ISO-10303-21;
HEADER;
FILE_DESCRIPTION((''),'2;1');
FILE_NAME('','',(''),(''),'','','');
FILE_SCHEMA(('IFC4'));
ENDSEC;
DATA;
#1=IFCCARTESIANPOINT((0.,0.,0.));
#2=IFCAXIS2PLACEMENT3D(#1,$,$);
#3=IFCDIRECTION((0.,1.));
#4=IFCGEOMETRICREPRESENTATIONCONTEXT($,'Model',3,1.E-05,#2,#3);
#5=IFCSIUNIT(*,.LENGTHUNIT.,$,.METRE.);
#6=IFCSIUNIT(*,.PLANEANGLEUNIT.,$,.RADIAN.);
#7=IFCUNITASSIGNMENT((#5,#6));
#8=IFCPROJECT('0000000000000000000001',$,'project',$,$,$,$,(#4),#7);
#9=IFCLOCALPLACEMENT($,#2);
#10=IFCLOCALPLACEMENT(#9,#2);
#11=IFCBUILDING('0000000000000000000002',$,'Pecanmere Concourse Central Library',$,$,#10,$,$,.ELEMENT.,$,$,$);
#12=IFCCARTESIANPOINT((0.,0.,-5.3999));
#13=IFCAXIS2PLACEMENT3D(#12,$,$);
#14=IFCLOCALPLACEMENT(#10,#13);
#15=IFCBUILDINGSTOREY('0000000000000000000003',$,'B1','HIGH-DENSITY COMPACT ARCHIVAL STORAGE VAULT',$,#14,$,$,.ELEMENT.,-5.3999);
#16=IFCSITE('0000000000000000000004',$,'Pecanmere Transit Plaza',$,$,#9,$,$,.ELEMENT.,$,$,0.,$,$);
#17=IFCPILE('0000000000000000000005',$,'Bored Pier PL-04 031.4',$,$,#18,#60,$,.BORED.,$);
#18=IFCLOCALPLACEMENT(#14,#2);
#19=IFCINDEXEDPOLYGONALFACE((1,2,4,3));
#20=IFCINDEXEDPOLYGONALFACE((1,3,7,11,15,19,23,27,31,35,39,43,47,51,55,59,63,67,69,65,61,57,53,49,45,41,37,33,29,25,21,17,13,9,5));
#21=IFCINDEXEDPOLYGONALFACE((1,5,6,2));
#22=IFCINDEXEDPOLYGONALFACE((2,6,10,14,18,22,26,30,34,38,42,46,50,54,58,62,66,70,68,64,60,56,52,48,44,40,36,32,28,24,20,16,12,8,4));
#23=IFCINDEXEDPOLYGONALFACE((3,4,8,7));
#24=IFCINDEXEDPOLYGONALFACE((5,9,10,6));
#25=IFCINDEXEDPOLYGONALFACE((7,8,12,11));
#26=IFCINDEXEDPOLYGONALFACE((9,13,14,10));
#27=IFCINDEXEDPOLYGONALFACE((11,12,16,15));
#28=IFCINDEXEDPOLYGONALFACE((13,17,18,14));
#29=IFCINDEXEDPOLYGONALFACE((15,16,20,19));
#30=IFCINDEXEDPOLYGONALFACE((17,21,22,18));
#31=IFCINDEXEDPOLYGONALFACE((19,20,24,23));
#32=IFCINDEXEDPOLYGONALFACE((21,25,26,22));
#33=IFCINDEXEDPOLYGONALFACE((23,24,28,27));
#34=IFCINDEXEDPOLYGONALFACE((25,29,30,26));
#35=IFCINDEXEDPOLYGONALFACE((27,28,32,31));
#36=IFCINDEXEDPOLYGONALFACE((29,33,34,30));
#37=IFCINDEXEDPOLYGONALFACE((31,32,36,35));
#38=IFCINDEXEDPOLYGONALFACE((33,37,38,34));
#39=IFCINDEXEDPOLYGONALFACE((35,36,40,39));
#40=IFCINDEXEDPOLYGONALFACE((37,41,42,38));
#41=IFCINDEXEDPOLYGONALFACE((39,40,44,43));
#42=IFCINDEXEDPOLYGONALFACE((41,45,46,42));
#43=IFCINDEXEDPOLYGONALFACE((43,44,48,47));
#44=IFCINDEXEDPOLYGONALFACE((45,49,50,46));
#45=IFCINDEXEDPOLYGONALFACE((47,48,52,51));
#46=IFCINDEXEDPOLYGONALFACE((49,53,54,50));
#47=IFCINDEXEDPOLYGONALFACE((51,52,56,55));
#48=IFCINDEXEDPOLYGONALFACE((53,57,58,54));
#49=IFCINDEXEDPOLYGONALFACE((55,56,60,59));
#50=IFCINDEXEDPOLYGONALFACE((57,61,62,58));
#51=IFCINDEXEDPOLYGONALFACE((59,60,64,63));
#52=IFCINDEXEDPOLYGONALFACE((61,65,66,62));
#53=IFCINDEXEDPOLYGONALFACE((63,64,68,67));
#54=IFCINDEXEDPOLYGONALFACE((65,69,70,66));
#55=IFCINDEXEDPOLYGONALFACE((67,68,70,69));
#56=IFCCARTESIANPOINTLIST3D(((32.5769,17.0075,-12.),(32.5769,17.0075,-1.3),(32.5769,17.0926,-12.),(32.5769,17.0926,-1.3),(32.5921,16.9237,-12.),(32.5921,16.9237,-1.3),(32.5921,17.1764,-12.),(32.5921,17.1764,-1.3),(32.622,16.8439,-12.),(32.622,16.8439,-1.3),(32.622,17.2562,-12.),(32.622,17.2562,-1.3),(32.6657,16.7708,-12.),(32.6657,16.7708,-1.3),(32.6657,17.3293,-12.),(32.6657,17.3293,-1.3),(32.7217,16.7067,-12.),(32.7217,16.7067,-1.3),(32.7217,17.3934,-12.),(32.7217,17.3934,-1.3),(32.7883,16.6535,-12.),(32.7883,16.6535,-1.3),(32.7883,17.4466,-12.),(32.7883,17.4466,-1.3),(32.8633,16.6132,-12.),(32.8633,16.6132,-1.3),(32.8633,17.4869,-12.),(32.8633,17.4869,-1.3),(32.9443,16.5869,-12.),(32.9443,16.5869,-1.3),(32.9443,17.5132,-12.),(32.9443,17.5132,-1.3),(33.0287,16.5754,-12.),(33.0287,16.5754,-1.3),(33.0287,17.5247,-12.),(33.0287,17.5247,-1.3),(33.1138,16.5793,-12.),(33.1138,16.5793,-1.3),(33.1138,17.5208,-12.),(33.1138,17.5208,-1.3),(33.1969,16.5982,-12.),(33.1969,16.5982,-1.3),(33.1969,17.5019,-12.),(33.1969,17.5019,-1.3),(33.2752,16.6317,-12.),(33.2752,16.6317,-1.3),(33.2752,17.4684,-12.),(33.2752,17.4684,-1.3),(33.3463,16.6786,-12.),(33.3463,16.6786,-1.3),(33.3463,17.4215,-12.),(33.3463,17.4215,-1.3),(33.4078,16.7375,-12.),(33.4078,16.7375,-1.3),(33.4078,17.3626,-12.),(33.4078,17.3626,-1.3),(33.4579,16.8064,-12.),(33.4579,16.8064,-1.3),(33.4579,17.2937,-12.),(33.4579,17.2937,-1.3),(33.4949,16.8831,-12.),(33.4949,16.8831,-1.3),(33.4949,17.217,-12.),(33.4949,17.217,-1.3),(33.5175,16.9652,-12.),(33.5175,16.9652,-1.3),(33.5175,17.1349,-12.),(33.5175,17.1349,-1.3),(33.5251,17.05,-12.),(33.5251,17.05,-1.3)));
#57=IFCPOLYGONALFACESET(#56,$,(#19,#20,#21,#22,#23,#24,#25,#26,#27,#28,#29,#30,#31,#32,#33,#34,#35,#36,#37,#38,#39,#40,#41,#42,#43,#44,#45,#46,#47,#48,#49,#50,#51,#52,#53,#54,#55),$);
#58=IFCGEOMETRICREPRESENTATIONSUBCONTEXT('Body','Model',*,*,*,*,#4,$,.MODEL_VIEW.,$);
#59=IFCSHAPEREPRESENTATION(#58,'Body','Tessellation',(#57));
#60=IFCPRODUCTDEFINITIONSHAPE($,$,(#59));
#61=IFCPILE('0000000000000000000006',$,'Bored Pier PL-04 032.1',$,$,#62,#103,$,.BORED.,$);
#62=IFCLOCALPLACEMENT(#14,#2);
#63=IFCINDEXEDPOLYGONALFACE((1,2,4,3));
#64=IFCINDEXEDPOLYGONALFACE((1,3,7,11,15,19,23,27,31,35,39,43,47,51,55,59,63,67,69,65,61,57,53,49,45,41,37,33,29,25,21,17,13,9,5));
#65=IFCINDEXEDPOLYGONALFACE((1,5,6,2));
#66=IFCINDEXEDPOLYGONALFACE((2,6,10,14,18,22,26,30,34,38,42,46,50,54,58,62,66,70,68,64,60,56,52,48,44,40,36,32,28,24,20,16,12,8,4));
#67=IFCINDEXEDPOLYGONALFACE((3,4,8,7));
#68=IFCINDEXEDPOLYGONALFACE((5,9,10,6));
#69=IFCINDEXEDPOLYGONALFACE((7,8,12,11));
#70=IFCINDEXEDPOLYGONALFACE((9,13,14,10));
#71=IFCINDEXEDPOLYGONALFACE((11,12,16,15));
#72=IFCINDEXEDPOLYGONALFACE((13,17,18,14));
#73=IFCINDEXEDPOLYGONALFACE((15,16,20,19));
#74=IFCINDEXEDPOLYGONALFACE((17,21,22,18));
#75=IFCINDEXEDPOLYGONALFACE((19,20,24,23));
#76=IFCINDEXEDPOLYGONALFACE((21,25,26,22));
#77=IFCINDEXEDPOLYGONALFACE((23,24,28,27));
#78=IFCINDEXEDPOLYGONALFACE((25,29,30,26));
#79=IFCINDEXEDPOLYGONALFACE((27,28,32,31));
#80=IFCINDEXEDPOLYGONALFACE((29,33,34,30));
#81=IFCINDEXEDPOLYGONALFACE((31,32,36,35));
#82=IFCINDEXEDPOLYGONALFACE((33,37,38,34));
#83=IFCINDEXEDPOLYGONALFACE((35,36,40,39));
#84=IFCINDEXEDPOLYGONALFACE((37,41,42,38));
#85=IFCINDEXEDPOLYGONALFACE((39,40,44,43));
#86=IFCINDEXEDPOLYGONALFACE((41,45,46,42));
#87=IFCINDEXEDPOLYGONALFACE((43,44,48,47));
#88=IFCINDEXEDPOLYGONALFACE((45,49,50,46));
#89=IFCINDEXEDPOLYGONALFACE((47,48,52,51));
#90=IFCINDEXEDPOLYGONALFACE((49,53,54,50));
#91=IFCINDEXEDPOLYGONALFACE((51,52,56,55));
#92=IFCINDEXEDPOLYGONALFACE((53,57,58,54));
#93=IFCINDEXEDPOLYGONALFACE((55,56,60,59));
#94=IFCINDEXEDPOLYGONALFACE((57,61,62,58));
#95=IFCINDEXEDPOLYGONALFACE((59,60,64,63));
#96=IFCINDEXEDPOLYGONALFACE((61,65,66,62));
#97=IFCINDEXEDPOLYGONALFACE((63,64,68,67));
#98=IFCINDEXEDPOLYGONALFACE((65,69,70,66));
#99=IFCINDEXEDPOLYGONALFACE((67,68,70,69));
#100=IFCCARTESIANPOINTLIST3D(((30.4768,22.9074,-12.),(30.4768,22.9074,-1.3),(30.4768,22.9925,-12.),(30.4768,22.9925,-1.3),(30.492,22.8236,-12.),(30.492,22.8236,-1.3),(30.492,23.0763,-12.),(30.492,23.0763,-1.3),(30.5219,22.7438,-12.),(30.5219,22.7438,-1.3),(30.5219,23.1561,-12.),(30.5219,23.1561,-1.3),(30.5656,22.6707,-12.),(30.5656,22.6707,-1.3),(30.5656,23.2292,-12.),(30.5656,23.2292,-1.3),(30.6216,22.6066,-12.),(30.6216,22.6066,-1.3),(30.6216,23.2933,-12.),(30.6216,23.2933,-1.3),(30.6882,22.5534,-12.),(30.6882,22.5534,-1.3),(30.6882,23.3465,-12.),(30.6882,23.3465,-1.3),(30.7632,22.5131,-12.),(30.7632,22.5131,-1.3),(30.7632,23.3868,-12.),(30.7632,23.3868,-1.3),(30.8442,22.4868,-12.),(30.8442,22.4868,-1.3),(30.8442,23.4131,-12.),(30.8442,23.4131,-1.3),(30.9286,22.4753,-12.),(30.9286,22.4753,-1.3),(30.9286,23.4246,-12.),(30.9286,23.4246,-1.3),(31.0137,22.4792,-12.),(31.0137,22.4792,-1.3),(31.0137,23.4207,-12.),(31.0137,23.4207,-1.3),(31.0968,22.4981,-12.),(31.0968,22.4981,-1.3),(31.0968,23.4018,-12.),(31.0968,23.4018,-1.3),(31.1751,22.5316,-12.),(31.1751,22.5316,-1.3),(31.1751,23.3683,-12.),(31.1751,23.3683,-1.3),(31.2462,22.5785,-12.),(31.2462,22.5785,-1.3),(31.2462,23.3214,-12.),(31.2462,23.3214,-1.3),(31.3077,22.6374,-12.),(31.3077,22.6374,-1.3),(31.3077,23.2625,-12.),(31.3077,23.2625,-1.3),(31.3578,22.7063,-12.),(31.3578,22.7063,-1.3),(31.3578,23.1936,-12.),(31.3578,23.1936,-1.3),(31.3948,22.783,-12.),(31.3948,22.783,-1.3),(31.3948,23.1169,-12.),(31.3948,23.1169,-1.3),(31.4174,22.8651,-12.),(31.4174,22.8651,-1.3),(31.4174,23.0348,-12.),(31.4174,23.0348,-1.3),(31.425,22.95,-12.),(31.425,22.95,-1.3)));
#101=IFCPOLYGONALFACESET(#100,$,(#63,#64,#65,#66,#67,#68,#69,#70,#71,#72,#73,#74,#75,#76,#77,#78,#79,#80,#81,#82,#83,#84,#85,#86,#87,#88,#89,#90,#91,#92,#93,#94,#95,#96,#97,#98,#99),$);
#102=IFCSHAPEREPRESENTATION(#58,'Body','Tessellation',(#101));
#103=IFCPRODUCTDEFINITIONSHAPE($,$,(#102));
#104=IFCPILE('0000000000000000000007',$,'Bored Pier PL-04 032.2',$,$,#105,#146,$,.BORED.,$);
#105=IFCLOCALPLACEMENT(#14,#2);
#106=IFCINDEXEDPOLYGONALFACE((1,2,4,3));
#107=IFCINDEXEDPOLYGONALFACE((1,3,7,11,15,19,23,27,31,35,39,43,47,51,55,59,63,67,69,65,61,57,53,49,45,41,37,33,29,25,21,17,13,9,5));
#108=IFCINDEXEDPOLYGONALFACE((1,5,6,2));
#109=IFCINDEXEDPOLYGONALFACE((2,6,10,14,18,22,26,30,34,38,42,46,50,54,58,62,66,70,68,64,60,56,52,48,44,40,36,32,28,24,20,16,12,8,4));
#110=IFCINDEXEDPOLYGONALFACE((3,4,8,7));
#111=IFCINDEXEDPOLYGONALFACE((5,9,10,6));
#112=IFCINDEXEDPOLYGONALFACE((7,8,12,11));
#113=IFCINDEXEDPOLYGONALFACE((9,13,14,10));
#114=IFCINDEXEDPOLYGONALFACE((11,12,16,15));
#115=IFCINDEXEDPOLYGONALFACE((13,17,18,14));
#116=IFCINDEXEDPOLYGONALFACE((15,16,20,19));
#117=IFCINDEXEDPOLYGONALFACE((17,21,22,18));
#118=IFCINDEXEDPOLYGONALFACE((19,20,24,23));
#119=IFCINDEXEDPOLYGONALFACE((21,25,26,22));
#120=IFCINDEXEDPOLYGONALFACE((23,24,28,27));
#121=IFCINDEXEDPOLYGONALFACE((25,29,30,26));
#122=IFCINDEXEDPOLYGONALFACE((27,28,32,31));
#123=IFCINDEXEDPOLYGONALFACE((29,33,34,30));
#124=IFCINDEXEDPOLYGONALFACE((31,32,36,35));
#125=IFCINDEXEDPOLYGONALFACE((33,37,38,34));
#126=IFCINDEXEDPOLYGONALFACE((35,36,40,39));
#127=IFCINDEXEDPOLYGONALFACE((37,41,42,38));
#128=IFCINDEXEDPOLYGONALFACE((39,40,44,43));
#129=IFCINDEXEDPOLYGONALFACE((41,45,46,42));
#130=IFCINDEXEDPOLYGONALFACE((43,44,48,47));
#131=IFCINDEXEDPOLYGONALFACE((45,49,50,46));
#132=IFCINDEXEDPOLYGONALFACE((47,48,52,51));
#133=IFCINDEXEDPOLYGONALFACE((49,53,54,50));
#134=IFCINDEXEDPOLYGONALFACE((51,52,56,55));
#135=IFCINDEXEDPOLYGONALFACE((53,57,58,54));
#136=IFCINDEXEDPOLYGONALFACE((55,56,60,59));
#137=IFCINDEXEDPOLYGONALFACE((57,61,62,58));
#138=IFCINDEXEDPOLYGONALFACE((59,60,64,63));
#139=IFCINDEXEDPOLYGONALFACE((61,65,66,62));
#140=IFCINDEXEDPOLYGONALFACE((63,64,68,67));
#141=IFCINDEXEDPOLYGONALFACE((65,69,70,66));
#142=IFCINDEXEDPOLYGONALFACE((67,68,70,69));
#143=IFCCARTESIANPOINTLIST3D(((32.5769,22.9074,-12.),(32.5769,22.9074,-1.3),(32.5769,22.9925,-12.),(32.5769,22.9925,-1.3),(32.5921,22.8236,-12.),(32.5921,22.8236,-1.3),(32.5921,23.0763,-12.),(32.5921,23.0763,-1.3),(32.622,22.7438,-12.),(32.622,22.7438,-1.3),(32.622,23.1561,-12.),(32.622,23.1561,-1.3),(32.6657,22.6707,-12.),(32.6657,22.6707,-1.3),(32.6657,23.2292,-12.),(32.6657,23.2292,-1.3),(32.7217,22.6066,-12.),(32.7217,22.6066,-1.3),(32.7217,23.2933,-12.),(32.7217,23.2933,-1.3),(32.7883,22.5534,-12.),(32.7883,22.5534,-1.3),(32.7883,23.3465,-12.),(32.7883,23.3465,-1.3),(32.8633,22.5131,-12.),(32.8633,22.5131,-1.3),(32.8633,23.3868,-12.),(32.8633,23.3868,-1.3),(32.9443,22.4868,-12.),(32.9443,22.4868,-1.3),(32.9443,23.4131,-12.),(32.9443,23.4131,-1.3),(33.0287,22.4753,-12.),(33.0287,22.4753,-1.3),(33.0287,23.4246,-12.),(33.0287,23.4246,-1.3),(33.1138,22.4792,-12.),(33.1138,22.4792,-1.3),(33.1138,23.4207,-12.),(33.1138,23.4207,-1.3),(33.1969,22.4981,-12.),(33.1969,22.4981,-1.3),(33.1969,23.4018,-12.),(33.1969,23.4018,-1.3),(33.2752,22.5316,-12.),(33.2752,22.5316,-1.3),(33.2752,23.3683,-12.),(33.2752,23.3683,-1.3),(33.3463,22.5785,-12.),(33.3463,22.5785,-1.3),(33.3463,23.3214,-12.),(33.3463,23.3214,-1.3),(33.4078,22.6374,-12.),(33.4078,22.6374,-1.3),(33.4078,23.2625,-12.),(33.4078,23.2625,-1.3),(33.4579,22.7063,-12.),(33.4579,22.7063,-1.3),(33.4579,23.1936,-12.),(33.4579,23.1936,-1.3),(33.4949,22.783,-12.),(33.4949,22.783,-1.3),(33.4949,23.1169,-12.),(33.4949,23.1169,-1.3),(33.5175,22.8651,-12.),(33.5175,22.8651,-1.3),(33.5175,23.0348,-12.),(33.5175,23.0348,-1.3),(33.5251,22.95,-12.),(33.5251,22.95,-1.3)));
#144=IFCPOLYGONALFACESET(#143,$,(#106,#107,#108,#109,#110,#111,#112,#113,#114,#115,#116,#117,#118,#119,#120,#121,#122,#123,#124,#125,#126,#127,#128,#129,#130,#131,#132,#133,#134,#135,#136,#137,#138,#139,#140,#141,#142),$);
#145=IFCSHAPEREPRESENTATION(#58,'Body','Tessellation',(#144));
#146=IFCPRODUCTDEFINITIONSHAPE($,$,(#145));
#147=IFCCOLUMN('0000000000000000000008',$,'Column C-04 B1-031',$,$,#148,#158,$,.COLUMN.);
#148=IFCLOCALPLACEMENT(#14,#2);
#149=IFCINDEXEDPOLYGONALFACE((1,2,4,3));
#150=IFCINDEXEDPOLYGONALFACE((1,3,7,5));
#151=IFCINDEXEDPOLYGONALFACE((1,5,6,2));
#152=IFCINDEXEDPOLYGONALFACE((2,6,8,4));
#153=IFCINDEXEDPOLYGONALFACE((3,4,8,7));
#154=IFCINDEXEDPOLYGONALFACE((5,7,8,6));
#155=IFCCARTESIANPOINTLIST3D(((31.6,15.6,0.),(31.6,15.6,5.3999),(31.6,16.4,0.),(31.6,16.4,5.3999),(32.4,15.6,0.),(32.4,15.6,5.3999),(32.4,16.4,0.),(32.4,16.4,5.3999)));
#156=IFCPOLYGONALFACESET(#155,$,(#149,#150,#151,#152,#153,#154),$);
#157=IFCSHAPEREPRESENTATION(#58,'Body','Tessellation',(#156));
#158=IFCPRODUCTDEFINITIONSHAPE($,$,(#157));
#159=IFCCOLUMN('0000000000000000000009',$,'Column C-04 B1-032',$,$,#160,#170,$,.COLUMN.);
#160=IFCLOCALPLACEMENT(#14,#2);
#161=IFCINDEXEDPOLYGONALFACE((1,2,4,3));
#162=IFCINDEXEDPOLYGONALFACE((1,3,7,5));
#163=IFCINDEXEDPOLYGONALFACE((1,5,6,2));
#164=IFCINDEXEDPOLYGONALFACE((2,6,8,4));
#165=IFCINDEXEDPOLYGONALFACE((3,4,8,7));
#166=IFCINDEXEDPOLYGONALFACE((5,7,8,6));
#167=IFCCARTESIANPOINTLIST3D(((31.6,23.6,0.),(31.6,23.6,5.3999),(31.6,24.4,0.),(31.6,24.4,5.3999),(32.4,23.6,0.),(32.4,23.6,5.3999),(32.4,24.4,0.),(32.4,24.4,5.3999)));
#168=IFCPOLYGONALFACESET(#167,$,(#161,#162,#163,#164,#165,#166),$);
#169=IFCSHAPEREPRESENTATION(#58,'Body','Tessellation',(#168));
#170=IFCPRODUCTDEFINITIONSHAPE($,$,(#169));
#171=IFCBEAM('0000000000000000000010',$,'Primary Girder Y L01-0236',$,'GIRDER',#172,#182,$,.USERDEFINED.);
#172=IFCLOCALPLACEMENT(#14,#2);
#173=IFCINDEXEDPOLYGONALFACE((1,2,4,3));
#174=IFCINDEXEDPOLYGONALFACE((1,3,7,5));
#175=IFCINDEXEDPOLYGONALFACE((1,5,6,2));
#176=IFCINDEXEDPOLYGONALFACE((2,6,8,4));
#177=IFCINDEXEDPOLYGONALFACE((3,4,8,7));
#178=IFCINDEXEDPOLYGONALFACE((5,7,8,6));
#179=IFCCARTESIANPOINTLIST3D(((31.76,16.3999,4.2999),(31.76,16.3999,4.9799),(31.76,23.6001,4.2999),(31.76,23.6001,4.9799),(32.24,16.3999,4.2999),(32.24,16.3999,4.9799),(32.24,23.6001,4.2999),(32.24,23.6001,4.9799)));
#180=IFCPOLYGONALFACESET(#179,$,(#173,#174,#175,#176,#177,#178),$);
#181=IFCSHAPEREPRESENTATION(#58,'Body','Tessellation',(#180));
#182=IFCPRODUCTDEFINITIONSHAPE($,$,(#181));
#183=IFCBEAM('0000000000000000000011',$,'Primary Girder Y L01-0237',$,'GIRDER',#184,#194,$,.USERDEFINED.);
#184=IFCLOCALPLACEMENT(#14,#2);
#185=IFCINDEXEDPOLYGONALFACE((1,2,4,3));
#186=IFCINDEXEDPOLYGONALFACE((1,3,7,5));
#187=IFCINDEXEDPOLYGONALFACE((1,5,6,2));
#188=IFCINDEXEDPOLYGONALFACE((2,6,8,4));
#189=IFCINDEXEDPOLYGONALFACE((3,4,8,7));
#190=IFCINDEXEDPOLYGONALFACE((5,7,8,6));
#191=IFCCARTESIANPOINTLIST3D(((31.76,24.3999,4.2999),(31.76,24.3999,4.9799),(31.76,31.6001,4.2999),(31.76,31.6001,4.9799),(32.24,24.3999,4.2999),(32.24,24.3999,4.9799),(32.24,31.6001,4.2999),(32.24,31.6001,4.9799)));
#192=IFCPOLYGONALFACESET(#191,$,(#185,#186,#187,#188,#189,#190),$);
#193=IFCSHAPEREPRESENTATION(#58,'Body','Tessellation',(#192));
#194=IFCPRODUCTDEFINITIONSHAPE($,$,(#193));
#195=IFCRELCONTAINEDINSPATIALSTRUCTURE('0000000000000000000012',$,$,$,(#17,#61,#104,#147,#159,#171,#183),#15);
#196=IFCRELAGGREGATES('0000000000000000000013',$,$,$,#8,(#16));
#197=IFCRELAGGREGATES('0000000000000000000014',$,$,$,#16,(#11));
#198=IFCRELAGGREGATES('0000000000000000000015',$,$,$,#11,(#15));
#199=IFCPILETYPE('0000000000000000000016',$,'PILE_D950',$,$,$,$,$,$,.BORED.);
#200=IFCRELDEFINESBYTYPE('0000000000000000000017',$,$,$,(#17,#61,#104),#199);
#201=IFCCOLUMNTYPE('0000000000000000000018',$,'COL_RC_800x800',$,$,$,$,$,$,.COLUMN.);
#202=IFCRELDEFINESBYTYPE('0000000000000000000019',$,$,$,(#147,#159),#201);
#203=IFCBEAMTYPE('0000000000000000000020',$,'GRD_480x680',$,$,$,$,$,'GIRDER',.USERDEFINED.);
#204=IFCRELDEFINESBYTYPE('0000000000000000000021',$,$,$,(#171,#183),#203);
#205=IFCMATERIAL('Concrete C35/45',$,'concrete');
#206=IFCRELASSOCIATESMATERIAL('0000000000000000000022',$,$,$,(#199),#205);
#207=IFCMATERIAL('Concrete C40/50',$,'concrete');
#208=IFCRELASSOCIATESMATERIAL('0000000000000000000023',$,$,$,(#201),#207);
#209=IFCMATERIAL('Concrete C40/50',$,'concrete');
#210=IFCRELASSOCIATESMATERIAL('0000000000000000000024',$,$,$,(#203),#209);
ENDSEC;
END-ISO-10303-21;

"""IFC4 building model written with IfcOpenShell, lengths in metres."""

from ifc_helpers import new_model, si_unit, direction, frame, origin, origin_2d, place, context, subcontext, project, spatial, rectangle, circle, extrude, material, material_profile, profile_set, type_object, element, save


model = new_model("IFC4")

# Units and contexts
model_context = context("Model", 3, precision=1e-05, world=origin(), true_north=direction((0.0, 1.0)))
body_context = subcontext(model_context, "Body", "Model", "MODEL_VIEW")
ifc_project = project(units=[si_unit("LENGTHUNIT", "METRE"), si_unit("PLANEANGLEUNIT", "RADIAN")], contexts=[model_context])

# Site, building, storey
site_placement = place(None, origin())
site = spatial("IfcSite", under=ifc_project, at=site_placement, Name="Pecanmere Transit Plaza", CompositionType="ELEMENT", RefElevation=0.0)
building_placement = place(site_placement, origin())
building = spatial("IfcBuilding", under=site, at=building_placement, Name="Pecanmere Concourse Central Library", CompositionType="ELEMENT")
storey_placement = place(building_placement, frame((0.0, 0.0, -5.3999)))
storey = spatial("IfcBuildingStorey", under=building, at=storey_placement, Name="B1", Description="HIGH-DENSITY COMPACT ARCHIVAL STORAGE VAULT", CompositionType="ELEMENT", Elevation=-5.3999)

# Piles
ifc_material_1 = material(Name="Concrete C35/45", Category="concrete")
ifc_material_profile_1 = material_profile(ifc_material_1, circle(Radius=0.4751, at=origin_2d()), Name="PIER D950")
ifc_profile_set_1 = profile_set([ifc_material_profile_1], Name="Concrete C35/45")
pile_type = type_object("IfcPileType", Name="PILE_D950", PredefinedType="BORED", material=ifc_profile_set_1)
for number, where, z_axis, x_axis, name in (
    (1, (33.05, 17.05, -1.3), (0.0, 0.0, -1.0), (1.0, 0.0, 0.0), "Bored Pier PL-04 031.4"),
    (2, (30.95, 22.95, -1.3), (0.0, 0.0, -1.0), (1.0, 0.0, 0.0), "Bored Pier PL-04 032.1"),
    (3, (33.05, 22.95, -1.3), (0.0, 0.0, -1.0), (1.0, 0.0, 0.0), "Bored Pier PL-04 032.2"),
):
    element("IfcPile", number, at=place(storey_placement, frame(where, z_axis=z_axis, x_axis=x_axis)), inside=storey, type_object=pile_type, Name=name, PredefinedType="BORED", context=body_context, shape_type="SweptSolid", body=[
        extrude(circle(Radius=0.4751, at=origin_2d()), origin(), (0.0, 0.0, 1.0), 10.7),
    ])

# Columns
ifc_material_2 = material(Name="Concrete C40/50", Category="concrete")
ifc_material_profile_2 = material_profile(ifc_material_2, rectangle(XDim=0.8, YDim=0.8, at=origin_2d()), Name="RC 800x800")
ifc_profile_set_2 = profile_set([ifc_material_profile_2], Name="Concrete C40/50")
column_type = type_object("IfcColumnType", Name="COL_RC_800x800", PredefinedType="COLUMN", material=ifc_profile_set_2)
for number, where, z_axis, x_axis, name in (
    (4, (32.0, 16.0, 0.0), (0.0, 0.0, 1.0), (1.0, 0.0, 0.0), "Column C-04 B1-031"),
    (5, (32.0, 24.0, 0.0), (0.0, 0.0, 1.0), (1.0, 0.0, 0.0), "Column C-04 B1-032"),
):
    element("IfcColumn", number, at=place(storey_placement, frame(where, z_axis=z_axis, x_axis=x_axis)), inside=storey, type_object=column_type, Name=name, PredefinedType="COLUMN", context=body_context, shape_type="SweptSolid", body=[
        extrude(rectangle(XDim=0.8, YDim=0.8, at=origin_2d()), origin(), (0.0, 0.0, 1.0), 5.3999),
    ])

# Beams
ifc_material_3 = material(Name="Concrete C40/50", Category="concrete")
ifc_material_profile_3 = material_profile(ifc_material_3, rectangle(XDim=0.48, YDim=0.6799, at=origin_2d()), Name="RC 480x680")
ifc_profile_set_3 = profile_set([ifc_material_profile_3], Name="Concrete C40/50")
beam_type_1 = type_object("IfcBeamType", Name="GRD_480x680", ElementType="GIRDER", PredefinedType="USERDEFINED", material=ifc_profile_set_3)
for number, where, z_axis, x_axis, name in (
    (6, (32.0, 16.3999, 4.6399), (0.0, 1.0, 0.0), (-1.0, 0.0, 0.0), "Primary Girder Y L01-0236"),
    (7, (32.0, 24.3999, 4.6399), (0.0, 1.0, 0.0), (-1.0, 0.0, 0.0), "Primary Girder Y L01-0237"),
):
    element("IfcBeam", number, at=place(storey_placement, frame(where, z_axis=z_axis, x_axis=x_axis)), inside=storey, type_object=beam_type_1, Name=name, ObjectType="GIRDER", PredefinedType="USERDEFINED", context=body_context, shape_type="SweptSolid", body=[
        extrude(rectangle(XDim=0.48, YDim=0.6799, at=origin_2d()), origin(), (0.0, 0.0, 1.0), 7.2002),
    ])

save(model, "model.ifc")
